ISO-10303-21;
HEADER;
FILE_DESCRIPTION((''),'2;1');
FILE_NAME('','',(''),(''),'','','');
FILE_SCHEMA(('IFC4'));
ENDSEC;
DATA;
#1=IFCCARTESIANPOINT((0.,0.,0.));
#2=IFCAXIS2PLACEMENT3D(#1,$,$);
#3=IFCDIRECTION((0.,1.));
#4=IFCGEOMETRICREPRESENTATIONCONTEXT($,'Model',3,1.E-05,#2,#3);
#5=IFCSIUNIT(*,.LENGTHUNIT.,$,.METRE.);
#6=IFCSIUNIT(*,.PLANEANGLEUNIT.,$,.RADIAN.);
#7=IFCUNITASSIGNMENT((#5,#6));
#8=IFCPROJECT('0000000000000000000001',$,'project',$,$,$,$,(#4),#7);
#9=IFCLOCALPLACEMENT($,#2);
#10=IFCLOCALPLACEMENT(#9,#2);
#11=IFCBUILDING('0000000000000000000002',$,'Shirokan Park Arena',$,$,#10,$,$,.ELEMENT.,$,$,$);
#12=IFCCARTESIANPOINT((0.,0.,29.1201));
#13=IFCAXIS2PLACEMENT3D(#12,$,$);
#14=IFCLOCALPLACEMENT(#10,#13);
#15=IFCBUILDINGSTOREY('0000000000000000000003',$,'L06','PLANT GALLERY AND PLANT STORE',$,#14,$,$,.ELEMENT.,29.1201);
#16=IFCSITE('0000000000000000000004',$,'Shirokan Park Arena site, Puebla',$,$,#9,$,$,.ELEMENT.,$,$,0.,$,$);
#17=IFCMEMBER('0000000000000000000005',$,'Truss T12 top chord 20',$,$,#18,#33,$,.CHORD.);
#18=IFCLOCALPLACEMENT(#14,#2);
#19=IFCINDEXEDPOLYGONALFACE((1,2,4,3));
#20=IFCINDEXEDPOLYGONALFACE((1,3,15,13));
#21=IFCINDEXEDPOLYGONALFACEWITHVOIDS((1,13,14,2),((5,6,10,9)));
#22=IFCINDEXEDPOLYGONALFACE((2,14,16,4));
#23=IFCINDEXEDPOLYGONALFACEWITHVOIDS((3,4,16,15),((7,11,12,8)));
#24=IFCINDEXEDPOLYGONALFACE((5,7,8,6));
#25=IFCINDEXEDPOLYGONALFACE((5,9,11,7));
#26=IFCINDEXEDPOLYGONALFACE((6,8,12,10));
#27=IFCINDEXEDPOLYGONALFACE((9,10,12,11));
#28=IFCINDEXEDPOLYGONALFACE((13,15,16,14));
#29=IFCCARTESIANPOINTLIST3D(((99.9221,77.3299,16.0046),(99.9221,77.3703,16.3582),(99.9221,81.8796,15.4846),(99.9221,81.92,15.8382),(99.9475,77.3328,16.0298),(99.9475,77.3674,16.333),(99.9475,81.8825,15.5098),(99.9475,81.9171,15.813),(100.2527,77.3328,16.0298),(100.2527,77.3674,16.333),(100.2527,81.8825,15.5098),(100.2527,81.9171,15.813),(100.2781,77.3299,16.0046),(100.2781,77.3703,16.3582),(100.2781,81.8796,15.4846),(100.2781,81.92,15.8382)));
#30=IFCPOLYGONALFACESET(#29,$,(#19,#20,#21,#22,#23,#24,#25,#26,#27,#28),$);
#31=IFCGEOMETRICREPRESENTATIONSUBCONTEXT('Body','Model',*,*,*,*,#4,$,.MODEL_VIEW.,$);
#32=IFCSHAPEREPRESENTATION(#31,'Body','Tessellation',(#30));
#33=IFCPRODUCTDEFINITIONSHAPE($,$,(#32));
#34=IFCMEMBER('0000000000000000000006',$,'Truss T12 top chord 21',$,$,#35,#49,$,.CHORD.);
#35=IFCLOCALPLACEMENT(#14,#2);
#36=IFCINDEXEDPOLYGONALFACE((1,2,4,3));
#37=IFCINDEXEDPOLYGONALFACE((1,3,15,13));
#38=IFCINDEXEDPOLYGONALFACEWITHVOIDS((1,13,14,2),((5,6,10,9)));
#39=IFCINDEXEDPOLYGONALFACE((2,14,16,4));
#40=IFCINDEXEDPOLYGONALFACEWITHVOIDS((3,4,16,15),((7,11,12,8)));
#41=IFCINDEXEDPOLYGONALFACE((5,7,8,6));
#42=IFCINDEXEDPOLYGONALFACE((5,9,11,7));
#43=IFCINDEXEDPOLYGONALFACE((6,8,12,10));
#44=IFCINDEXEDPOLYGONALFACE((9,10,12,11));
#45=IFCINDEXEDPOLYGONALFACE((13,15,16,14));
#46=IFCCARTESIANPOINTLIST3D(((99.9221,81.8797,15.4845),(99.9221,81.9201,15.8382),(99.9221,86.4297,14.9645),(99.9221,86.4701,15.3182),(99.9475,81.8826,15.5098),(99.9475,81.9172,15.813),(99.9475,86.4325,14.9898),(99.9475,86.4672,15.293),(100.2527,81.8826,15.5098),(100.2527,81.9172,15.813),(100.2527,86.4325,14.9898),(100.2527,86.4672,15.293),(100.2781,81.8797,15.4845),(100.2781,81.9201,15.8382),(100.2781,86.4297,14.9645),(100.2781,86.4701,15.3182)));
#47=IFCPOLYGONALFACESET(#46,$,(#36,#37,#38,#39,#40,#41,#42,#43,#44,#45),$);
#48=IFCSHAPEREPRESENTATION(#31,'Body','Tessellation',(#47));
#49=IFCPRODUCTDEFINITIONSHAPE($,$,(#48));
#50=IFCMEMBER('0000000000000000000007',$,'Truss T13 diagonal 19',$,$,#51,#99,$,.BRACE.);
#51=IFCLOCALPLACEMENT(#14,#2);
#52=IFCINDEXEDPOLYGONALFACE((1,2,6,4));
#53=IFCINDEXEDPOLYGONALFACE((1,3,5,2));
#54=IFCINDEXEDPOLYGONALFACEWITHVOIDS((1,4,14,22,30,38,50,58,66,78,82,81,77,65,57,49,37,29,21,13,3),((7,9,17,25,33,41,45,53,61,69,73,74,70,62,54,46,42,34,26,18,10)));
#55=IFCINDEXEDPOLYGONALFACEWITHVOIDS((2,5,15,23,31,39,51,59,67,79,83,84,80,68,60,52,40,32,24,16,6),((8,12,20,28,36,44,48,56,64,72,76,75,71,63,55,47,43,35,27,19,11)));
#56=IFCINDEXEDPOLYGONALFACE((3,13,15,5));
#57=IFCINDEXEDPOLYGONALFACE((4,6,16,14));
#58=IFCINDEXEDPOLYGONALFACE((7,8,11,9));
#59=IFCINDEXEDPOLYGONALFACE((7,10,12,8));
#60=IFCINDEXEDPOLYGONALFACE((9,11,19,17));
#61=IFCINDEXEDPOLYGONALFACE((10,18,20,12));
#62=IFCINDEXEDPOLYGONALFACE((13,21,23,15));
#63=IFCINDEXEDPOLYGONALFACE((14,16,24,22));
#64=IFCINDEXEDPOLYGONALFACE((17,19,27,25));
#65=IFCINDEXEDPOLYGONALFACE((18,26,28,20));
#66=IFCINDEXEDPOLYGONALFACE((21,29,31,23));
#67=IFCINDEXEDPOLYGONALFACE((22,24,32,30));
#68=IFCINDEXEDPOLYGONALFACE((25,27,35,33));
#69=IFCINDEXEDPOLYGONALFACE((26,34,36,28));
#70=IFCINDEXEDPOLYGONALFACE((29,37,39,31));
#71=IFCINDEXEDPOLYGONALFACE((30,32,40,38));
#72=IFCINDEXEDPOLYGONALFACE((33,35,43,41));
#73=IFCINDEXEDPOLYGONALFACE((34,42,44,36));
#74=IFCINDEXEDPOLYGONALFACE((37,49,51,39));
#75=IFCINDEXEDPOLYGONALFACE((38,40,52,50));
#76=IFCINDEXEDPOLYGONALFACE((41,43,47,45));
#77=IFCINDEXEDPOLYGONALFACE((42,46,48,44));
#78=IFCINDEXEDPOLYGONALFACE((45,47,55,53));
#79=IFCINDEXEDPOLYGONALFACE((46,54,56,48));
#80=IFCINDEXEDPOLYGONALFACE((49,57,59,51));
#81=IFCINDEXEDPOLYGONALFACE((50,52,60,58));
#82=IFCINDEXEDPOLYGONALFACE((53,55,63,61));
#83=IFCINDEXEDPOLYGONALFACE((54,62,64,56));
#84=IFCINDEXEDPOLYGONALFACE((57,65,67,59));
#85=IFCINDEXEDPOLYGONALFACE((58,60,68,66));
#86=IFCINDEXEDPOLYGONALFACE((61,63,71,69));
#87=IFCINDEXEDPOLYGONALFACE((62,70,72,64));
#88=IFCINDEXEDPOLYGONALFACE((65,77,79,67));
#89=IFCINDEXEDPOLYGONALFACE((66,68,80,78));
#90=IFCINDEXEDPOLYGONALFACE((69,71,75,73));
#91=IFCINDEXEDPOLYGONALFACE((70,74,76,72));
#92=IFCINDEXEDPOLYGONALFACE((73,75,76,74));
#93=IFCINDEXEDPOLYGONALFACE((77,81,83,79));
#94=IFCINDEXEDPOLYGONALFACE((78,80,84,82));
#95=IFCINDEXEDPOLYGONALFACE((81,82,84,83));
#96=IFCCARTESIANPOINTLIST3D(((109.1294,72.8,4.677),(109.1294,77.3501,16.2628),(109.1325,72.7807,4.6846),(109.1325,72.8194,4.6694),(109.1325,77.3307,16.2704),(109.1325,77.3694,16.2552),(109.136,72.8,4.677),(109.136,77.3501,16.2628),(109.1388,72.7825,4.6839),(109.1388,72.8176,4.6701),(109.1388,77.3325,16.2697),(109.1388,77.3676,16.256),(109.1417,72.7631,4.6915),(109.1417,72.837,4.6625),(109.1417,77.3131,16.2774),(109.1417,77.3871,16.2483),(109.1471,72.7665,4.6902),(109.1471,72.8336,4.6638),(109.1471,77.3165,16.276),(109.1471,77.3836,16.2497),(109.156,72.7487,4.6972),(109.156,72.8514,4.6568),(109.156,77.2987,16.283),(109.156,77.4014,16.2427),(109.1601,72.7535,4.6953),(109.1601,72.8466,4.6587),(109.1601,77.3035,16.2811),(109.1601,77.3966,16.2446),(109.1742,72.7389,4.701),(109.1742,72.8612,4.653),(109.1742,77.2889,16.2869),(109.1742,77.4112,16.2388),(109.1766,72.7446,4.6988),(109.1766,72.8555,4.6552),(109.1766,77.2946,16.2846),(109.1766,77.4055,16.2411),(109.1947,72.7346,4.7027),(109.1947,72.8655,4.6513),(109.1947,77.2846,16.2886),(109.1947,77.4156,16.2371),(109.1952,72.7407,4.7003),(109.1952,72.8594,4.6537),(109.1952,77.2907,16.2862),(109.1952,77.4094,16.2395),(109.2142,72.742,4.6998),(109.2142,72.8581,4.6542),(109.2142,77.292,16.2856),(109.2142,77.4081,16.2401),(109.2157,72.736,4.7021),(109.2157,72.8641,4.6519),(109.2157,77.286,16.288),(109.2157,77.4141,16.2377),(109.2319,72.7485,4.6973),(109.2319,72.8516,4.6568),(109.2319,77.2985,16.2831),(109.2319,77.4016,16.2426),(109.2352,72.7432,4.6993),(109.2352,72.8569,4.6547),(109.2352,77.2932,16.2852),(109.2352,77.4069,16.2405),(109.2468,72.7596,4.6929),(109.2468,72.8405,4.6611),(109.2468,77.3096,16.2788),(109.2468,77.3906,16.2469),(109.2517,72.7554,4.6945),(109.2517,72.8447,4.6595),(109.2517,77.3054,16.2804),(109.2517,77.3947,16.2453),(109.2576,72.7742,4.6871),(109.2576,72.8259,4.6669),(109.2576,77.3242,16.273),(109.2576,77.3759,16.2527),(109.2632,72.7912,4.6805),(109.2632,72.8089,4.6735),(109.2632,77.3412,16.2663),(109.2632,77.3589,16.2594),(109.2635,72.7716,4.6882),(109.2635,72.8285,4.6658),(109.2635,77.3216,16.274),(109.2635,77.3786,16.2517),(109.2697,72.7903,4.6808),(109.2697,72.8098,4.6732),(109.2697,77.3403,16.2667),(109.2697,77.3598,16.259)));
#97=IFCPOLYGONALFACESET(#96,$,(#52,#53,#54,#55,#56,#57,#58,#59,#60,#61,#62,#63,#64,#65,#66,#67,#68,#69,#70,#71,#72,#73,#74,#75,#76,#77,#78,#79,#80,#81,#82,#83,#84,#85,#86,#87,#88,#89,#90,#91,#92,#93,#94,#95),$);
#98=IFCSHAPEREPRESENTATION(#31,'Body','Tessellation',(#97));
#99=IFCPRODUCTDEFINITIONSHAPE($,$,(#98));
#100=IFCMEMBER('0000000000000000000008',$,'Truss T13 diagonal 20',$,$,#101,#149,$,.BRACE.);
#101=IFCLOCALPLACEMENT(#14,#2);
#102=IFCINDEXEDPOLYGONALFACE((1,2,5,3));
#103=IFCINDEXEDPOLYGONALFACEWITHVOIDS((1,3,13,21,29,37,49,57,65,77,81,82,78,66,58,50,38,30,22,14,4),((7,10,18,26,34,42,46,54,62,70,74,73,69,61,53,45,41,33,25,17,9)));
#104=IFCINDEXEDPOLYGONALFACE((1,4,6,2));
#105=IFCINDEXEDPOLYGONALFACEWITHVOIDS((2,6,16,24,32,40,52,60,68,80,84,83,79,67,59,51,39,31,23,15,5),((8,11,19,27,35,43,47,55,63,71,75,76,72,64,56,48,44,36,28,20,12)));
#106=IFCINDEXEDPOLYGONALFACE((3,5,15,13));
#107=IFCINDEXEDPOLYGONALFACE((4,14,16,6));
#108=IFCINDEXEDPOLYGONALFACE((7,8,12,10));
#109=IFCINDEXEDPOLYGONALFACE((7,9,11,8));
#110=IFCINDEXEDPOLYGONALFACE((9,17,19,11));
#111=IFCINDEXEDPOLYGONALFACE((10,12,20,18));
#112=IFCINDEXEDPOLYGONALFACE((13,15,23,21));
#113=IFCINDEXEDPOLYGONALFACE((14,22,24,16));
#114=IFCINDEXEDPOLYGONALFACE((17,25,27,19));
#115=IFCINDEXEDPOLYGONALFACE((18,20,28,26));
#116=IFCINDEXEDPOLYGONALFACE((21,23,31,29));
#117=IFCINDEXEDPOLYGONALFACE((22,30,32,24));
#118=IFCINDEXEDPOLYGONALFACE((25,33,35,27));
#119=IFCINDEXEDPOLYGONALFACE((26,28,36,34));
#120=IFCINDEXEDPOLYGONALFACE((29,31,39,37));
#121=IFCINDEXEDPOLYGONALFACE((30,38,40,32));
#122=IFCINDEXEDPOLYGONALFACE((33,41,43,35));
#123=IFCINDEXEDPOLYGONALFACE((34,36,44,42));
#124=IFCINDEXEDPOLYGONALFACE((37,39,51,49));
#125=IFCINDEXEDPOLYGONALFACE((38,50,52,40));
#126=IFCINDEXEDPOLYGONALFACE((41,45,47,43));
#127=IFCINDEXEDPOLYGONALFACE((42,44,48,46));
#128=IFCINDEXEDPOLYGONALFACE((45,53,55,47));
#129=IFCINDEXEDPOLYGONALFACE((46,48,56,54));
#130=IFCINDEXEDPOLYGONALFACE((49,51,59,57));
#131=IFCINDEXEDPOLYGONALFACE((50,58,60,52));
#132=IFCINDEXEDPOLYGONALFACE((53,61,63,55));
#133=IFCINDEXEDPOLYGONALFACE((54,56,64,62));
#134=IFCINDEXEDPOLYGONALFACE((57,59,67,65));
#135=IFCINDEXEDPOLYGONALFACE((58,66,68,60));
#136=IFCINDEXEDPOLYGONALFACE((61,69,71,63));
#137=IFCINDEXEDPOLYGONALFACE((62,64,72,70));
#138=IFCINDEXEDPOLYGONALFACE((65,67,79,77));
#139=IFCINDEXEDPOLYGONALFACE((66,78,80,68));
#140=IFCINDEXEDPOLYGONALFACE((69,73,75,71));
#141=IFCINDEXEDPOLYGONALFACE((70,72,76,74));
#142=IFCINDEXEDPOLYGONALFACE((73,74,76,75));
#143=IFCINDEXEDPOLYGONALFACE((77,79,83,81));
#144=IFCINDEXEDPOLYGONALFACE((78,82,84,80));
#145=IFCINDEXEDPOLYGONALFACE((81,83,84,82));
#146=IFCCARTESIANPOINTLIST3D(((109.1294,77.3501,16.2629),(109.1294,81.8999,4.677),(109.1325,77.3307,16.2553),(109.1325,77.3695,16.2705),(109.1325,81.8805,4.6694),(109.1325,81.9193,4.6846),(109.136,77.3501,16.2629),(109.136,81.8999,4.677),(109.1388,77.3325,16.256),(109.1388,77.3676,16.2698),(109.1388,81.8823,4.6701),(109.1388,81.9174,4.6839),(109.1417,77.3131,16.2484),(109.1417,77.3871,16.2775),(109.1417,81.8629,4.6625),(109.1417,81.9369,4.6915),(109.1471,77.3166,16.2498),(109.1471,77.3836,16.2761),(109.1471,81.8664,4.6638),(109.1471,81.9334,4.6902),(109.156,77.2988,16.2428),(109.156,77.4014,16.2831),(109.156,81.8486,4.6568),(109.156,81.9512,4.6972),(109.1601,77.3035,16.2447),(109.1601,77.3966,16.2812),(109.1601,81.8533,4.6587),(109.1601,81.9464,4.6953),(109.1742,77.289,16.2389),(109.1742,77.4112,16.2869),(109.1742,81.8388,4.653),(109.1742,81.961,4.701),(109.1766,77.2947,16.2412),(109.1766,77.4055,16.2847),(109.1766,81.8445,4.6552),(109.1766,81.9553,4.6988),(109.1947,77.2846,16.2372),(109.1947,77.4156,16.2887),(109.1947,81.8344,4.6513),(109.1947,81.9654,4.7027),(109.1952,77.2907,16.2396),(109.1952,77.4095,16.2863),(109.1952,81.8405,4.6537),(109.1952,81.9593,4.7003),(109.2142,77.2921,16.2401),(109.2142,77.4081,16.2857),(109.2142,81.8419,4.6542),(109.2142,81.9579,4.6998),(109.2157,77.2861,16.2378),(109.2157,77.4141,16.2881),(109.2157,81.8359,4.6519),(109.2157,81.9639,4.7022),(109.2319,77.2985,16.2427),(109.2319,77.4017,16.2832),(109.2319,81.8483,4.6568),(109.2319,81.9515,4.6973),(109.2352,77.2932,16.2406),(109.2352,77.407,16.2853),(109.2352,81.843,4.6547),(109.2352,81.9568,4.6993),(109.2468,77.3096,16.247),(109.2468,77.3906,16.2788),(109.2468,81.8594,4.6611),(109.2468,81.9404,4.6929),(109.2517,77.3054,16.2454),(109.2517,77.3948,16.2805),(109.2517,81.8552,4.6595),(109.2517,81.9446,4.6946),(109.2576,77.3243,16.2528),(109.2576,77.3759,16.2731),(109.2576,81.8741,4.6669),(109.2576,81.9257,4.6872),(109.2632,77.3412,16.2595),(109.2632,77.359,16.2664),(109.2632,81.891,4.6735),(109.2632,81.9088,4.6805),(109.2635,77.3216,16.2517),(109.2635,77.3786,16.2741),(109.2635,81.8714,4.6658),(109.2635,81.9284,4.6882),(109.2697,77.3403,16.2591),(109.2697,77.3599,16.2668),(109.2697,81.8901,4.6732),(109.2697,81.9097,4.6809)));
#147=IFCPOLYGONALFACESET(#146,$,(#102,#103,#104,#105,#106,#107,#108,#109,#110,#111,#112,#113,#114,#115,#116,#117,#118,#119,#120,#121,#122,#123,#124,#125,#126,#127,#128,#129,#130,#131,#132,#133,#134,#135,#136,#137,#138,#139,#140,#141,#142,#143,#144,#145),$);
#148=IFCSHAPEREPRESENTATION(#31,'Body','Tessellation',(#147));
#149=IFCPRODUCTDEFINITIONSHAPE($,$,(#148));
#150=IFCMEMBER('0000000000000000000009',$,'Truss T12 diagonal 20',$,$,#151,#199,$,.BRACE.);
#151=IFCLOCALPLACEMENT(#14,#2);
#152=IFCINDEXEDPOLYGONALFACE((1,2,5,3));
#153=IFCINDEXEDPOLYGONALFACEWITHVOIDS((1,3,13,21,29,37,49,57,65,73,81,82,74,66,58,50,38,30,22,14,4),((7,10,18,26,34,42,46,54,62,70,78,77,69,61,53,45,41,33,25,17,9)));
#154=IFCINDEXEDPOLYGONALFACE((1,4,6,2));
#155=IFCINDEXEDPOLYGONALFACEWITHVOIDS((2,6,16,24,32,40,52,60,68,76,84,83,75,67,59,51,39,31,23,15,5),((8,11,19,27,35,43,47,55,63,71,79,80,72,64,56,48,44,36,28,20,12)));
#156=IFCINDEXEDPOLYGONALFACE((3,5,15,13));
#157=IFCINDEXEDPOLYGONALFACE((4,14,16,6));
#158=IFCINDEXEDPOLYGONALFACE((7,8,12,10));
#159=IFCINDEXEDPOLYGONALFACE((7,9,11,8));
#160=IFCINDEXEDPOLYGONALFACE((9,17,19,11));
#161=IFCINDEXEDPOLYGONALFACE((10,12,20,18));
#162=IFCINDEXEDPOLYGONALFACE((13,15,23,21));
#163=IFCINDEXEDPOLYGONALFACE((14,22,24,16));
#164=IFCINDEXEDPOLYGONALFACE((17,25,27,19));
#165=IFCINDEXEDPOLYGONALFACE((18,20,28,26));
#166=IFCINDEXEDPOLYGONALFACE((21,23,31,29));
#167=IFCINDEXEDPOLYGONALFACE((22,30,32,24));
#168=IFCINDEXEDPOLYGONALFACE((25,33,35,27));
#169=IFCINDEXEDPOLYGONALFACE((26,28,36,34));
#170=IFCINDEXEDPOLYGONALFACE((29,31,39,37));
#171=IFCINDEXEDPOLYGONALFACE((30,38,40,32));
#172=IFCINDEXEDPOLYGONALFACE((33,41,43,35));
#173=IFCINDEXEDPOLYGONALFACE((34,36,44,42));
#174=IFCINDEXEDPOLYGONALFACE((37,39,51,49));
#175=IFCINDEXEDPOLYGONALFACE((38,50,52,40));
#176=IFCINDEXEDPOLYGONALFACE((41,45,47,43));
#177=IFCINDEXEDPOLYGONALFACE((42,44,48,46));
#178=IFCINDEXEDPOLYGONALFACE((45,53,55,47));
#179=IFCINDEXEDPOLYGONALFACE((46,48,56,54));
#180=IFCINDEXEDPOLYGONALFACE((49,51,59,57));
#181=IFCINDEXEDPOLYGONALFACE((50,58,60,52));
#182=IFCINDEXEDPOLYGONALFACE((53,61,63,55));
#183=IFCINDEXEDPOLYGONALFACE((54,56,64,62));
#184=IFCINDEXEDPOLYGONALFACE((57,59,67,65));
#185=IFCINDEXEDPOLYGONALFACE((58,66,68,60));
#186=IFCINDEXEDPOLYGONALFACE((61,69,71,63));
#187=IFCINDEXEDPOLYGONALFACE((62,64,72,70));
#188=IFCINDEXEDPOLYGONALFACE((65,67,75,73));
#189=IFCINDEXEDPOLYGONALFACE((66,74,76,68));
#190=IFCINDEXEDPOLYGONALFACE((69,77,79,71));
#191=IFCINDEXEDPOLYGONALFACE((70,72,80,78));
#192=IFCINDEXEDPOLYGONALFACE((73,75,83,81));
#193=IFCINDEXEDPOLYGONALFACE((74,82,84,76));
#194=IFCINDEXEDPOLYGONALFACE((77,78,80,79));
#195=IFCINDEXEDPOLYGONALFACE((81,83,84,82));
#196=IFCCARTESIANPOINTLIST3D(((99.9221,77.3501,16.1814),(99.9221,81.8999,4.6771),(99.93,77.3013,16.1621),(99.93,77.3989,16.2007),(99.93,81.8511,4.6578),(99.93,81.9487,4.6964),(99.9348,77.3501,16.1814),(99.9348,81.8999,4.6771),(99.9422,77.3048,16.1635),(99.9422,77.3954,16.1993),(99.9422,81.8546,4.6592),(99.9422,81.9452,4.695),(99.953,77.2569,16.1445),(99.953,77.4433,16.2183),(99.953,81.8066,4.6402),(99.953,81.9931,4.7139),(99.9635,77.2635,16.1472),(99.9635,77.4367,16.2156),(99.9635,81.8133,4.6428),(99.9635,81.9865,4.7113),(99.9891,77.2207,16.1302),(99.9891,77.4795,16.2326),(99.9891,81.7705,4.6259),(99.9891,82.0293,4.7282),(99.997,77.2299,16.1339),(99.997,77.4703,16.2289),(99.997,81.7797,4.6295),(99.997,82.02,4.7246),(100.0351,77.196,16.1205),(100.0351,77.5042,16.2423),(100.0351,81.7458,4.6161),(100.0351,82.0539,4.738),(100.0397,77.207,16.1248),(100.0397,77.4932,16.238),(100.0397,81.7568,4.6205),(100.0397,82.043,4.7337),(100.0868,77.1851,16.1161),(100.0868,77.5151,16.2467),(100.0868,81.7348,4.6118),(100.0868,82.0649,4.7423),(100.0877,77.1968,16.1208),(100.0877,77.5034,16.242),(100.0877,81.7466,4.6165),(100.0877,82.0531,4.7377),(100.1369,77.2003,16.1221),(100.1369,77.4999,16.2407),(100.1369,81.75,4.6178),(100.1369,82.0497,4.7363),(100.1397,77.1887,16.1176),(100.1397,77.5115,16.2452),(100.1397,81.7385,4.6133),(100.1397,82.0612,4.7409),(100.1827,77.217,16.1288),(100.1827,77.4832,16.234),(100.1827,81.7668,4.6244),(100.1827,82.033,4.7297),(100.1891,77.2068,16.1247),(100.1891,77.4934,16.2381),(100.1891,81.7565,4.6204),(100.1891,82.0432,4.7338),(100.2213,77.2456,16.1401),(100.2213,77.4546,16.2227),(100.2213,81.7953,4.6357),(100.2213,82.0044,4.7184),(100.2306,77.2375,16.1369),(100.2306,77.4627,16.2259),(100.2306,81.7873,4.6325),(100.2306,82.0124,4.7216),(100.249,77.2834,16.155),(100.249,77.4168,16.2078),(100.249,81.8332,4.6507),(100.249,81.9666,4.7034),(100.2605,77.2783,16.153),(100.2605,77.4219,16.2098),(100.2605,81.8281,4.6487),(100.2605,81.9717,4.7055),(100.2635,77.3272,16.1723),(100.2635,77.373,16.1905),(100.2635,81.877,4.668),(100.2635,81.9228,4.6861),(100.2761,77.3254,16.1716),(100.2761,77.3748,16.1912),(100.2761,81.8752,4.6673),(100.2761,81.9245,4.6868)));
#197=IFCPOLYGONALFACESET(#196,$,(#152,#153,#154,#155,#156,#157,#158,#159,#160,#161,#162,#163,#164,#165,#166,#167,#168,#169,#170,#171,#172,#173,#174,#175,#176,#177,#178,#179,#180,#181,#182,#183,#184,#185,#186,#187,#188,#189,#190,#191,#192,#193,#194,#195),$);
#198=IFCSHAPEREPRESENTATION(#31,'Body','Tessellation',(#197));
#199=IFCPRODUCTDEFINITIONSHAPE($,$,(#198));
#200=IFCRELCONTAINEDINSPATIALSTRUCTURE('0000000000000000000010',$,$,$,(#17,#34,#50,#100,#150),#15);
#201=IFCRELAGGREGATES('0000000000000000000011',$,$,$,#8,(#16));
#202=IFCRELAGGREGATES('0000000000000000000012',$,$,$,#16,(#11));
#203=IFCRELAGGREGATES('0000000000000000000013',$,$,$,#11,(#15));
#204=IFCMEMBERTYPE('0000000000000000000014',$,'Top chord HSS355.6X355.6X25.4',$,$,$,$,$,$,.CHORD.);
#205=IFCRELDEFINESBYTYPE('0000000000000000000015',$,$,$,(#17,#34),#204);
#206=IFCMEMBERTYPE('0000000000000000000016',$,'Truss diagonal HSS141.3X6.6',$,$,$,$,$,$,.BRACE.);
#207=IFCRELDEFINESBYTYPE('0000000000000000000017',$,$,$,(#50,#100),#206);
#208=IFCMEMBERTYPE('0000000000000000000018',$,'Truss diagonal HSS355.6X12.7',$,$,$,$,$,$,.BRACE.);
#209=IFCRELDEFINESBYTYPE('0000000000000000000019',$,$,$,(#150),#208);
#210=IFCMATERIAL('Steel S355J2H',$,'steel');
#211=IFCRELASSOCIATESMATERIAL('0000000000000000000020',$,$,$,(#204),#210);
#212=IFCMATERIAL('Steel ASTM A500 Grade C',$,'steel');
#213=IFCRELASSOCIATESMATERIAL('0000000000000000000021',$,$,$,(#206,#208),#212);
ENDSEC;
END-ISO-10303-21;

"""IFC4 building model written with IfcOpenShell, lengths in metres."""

from ifc_helpers import new_model, si_unit, direction, frame, origin, origin_2d, place, context, subcontext, project, spatial, hollow_rectangle, hollow_circle, extrude, material, material_profile, profile_set, type_object, element, save


model = new_model("IFC4")

# Units and contexts
model_context = context("Model", 3, precision=1e-05, world=origin(), true_north=direction((0.0, 1.0)))
body_context = subcontext(model_context, "Body", "Model", "MODEL_VIEW")
ifc_project = project(units=[si_unit("LENGTHUNIT", "METRE"), si_unit("PLANEANGLEUNIT", "RADIAN")], contexts=[model_context])

# Site, building, storey
site_placement = place(None, origin())
site = spatial("IfcSite", under=ifc_project, at=site_placement, Name="Shirokan Park Arena site, Puebla", CompositionType="ELEMENT", RefElevation=0.0)
building_placement = place(site_placement, origin())
building = spatial("IfcBuilding", under=site, at=building_placement, Name="Shirokan Park Arena", CompositionType="ELEMENT")
storey_placement = place(building_placement, frame((0.0, 0.0, 29.1201)))
storey = spatial("IfcBuildingStorey", under=building, at=storey_placement, Name="L06", Description="PLANT GALLERY AND PLANT STORE", CompositionType="ELEMENT", Elevation=29.1201)

# Members
ifc_material_1 = material(Name="Steel ASTM A500 Grade C", Category="steel")
ifc_material_2 = material(Name="Steel S355J2H", Category="steel")
ifc_material_profile_1 = material_profile(ifc_material_2, hollow_rectangle(XDim=0.356, YDim=0.356, WallThickness=0.0254, at=origin_2d()), Name="HSS355.6X355.6X25.4")
ifc_profile_set_1 = profile_set([ifc_material_profile_1], Name="Steel S355J2H")
member_type_1 = type_object("IfcMemberType", Name="Top chord HSS355.6X355.6X25.4", PredefinedType="CHORD", material=ifc_profile_set_1)
member_1_placement = place(storey_placement, frame((100.1001, 77.3501, 16.1814), z_axis=(0.0, 0.993532, -0.113556), x_axis=(-1.0, 0.0, 0.0)))
element("IfcMember", 1, at=member_1_placement, inside=storey, type_object=member_type_1, Name="Truss T12 top chord 20", PredefinedType="CHORD", context=body_context, shape_type="SweptSolid", body=[
    extrude(hollow_rectangle(XDim=0.356, YDim=0.356, WallThickness=0.0254, at=origin_2d()), origin(), (0.0, 0.0, 1.0), 4.5793),
])
member_2_placement = place(storey_placement, frame((100.1001, 81.8999, 15.6614), z_axis=(0.0, 0.993532, -0.11355), x_axis=(-1.0, 0.0, 0.0)))
element("IfcMember", 2, at=member_2_placement, inside=storey, type_object=member_type_1, Name="Truss T12 top chord 21", PredefinedType="CHORD", context=body_context, shape_type="SweptSolid", body=[
    extrude(hollow_rectangle(XDim=0.356, YDim=0.356, WallThickness=0.0254, at=origin_2d()), origin(), (0.0, 0.0, 1.0), 4.5796),
])
ifc_material_profile_2 = material_profile(ifc_material_1, hollow_circle(Radius=0.0706, WallThickness=0.0066, at=origin_2d()), Name="HSS141.3X6.6")
ifc_profile_set_2 = profile_set([ifc_material_profile_2], Name="Steel ASTM A500 Grade C")
member_type_2 = type_object("IfcMemberType", Name="Truss diagonal HSS141.3X6.6", PredefinedType="BRACE", material=ifc_profile_set_2)
for number, where, z_axis, x_axis, name in (
    (3, (109.2, 72.8, 4.677), (0.0, 0.365543, 0.930794), (-1.0, 0.0, 0.0), "Truss T13 diagonal 19"),
    (4, (109.2, 77.3501, 16.2629), (0.0, 0.365526, -0.930801), (-1.0, 0.0, 0.0), "Truss T13 diagonal 20"),
):
    element("IfcMember", number, at=place(storey_placement, frame(where, z_axis=z_axis, x_axis=x_axis)), inside=storey, type_object=member_type_2, Name=name, PredefinedType="BRACE", context=body_context, shape_type="SweptSolid", body=[
        extrude(hollow_circle(Radius=0.0706, WallThickness=0.0066, at=origin_2d()), origin(), (0.0, 0.0, 1.0), 12.4473),
    ])
ifc_material_profile_3 = material_profile(ifc_material_1, hollow_circle(Radius=0.178, WallThickness=0.0127, at=origin_2d()), Name="HSS355.6X12.7")
ifc_profile_set_3 = profile_set([ifc_material_profile_3], Name="Steel ASTM A500 Grade C")
member_type_3 = type_object("IfcMemberType", Name="Truss diagonal HSS355.6X12.7", PredefinedType="BRACE", material=ifc_profile_set_3)
member_3_placement = place(storey_placement, frame((100.1001, 77.3501, 16.1814), z_axis=(0.0, 0.367768, -0.929918), x_axis=(-1.0, 0.0, 0.0)))
element("IfcMember", 5, at=member_3_placement, inside=storey, type_object=member_type_3, Name="Truss T12 diagonal 20", PredefinedType="BRACE", context=body_context, shape_type="SweptSolid", body=[
    extrude(hollow_circle(Radius=0.178, WallThickness=0.0127, at=origin_2d()), origin(), (0.0, 0.0, 1.0), 12.3713),
])

save(model, "model.ifc")
